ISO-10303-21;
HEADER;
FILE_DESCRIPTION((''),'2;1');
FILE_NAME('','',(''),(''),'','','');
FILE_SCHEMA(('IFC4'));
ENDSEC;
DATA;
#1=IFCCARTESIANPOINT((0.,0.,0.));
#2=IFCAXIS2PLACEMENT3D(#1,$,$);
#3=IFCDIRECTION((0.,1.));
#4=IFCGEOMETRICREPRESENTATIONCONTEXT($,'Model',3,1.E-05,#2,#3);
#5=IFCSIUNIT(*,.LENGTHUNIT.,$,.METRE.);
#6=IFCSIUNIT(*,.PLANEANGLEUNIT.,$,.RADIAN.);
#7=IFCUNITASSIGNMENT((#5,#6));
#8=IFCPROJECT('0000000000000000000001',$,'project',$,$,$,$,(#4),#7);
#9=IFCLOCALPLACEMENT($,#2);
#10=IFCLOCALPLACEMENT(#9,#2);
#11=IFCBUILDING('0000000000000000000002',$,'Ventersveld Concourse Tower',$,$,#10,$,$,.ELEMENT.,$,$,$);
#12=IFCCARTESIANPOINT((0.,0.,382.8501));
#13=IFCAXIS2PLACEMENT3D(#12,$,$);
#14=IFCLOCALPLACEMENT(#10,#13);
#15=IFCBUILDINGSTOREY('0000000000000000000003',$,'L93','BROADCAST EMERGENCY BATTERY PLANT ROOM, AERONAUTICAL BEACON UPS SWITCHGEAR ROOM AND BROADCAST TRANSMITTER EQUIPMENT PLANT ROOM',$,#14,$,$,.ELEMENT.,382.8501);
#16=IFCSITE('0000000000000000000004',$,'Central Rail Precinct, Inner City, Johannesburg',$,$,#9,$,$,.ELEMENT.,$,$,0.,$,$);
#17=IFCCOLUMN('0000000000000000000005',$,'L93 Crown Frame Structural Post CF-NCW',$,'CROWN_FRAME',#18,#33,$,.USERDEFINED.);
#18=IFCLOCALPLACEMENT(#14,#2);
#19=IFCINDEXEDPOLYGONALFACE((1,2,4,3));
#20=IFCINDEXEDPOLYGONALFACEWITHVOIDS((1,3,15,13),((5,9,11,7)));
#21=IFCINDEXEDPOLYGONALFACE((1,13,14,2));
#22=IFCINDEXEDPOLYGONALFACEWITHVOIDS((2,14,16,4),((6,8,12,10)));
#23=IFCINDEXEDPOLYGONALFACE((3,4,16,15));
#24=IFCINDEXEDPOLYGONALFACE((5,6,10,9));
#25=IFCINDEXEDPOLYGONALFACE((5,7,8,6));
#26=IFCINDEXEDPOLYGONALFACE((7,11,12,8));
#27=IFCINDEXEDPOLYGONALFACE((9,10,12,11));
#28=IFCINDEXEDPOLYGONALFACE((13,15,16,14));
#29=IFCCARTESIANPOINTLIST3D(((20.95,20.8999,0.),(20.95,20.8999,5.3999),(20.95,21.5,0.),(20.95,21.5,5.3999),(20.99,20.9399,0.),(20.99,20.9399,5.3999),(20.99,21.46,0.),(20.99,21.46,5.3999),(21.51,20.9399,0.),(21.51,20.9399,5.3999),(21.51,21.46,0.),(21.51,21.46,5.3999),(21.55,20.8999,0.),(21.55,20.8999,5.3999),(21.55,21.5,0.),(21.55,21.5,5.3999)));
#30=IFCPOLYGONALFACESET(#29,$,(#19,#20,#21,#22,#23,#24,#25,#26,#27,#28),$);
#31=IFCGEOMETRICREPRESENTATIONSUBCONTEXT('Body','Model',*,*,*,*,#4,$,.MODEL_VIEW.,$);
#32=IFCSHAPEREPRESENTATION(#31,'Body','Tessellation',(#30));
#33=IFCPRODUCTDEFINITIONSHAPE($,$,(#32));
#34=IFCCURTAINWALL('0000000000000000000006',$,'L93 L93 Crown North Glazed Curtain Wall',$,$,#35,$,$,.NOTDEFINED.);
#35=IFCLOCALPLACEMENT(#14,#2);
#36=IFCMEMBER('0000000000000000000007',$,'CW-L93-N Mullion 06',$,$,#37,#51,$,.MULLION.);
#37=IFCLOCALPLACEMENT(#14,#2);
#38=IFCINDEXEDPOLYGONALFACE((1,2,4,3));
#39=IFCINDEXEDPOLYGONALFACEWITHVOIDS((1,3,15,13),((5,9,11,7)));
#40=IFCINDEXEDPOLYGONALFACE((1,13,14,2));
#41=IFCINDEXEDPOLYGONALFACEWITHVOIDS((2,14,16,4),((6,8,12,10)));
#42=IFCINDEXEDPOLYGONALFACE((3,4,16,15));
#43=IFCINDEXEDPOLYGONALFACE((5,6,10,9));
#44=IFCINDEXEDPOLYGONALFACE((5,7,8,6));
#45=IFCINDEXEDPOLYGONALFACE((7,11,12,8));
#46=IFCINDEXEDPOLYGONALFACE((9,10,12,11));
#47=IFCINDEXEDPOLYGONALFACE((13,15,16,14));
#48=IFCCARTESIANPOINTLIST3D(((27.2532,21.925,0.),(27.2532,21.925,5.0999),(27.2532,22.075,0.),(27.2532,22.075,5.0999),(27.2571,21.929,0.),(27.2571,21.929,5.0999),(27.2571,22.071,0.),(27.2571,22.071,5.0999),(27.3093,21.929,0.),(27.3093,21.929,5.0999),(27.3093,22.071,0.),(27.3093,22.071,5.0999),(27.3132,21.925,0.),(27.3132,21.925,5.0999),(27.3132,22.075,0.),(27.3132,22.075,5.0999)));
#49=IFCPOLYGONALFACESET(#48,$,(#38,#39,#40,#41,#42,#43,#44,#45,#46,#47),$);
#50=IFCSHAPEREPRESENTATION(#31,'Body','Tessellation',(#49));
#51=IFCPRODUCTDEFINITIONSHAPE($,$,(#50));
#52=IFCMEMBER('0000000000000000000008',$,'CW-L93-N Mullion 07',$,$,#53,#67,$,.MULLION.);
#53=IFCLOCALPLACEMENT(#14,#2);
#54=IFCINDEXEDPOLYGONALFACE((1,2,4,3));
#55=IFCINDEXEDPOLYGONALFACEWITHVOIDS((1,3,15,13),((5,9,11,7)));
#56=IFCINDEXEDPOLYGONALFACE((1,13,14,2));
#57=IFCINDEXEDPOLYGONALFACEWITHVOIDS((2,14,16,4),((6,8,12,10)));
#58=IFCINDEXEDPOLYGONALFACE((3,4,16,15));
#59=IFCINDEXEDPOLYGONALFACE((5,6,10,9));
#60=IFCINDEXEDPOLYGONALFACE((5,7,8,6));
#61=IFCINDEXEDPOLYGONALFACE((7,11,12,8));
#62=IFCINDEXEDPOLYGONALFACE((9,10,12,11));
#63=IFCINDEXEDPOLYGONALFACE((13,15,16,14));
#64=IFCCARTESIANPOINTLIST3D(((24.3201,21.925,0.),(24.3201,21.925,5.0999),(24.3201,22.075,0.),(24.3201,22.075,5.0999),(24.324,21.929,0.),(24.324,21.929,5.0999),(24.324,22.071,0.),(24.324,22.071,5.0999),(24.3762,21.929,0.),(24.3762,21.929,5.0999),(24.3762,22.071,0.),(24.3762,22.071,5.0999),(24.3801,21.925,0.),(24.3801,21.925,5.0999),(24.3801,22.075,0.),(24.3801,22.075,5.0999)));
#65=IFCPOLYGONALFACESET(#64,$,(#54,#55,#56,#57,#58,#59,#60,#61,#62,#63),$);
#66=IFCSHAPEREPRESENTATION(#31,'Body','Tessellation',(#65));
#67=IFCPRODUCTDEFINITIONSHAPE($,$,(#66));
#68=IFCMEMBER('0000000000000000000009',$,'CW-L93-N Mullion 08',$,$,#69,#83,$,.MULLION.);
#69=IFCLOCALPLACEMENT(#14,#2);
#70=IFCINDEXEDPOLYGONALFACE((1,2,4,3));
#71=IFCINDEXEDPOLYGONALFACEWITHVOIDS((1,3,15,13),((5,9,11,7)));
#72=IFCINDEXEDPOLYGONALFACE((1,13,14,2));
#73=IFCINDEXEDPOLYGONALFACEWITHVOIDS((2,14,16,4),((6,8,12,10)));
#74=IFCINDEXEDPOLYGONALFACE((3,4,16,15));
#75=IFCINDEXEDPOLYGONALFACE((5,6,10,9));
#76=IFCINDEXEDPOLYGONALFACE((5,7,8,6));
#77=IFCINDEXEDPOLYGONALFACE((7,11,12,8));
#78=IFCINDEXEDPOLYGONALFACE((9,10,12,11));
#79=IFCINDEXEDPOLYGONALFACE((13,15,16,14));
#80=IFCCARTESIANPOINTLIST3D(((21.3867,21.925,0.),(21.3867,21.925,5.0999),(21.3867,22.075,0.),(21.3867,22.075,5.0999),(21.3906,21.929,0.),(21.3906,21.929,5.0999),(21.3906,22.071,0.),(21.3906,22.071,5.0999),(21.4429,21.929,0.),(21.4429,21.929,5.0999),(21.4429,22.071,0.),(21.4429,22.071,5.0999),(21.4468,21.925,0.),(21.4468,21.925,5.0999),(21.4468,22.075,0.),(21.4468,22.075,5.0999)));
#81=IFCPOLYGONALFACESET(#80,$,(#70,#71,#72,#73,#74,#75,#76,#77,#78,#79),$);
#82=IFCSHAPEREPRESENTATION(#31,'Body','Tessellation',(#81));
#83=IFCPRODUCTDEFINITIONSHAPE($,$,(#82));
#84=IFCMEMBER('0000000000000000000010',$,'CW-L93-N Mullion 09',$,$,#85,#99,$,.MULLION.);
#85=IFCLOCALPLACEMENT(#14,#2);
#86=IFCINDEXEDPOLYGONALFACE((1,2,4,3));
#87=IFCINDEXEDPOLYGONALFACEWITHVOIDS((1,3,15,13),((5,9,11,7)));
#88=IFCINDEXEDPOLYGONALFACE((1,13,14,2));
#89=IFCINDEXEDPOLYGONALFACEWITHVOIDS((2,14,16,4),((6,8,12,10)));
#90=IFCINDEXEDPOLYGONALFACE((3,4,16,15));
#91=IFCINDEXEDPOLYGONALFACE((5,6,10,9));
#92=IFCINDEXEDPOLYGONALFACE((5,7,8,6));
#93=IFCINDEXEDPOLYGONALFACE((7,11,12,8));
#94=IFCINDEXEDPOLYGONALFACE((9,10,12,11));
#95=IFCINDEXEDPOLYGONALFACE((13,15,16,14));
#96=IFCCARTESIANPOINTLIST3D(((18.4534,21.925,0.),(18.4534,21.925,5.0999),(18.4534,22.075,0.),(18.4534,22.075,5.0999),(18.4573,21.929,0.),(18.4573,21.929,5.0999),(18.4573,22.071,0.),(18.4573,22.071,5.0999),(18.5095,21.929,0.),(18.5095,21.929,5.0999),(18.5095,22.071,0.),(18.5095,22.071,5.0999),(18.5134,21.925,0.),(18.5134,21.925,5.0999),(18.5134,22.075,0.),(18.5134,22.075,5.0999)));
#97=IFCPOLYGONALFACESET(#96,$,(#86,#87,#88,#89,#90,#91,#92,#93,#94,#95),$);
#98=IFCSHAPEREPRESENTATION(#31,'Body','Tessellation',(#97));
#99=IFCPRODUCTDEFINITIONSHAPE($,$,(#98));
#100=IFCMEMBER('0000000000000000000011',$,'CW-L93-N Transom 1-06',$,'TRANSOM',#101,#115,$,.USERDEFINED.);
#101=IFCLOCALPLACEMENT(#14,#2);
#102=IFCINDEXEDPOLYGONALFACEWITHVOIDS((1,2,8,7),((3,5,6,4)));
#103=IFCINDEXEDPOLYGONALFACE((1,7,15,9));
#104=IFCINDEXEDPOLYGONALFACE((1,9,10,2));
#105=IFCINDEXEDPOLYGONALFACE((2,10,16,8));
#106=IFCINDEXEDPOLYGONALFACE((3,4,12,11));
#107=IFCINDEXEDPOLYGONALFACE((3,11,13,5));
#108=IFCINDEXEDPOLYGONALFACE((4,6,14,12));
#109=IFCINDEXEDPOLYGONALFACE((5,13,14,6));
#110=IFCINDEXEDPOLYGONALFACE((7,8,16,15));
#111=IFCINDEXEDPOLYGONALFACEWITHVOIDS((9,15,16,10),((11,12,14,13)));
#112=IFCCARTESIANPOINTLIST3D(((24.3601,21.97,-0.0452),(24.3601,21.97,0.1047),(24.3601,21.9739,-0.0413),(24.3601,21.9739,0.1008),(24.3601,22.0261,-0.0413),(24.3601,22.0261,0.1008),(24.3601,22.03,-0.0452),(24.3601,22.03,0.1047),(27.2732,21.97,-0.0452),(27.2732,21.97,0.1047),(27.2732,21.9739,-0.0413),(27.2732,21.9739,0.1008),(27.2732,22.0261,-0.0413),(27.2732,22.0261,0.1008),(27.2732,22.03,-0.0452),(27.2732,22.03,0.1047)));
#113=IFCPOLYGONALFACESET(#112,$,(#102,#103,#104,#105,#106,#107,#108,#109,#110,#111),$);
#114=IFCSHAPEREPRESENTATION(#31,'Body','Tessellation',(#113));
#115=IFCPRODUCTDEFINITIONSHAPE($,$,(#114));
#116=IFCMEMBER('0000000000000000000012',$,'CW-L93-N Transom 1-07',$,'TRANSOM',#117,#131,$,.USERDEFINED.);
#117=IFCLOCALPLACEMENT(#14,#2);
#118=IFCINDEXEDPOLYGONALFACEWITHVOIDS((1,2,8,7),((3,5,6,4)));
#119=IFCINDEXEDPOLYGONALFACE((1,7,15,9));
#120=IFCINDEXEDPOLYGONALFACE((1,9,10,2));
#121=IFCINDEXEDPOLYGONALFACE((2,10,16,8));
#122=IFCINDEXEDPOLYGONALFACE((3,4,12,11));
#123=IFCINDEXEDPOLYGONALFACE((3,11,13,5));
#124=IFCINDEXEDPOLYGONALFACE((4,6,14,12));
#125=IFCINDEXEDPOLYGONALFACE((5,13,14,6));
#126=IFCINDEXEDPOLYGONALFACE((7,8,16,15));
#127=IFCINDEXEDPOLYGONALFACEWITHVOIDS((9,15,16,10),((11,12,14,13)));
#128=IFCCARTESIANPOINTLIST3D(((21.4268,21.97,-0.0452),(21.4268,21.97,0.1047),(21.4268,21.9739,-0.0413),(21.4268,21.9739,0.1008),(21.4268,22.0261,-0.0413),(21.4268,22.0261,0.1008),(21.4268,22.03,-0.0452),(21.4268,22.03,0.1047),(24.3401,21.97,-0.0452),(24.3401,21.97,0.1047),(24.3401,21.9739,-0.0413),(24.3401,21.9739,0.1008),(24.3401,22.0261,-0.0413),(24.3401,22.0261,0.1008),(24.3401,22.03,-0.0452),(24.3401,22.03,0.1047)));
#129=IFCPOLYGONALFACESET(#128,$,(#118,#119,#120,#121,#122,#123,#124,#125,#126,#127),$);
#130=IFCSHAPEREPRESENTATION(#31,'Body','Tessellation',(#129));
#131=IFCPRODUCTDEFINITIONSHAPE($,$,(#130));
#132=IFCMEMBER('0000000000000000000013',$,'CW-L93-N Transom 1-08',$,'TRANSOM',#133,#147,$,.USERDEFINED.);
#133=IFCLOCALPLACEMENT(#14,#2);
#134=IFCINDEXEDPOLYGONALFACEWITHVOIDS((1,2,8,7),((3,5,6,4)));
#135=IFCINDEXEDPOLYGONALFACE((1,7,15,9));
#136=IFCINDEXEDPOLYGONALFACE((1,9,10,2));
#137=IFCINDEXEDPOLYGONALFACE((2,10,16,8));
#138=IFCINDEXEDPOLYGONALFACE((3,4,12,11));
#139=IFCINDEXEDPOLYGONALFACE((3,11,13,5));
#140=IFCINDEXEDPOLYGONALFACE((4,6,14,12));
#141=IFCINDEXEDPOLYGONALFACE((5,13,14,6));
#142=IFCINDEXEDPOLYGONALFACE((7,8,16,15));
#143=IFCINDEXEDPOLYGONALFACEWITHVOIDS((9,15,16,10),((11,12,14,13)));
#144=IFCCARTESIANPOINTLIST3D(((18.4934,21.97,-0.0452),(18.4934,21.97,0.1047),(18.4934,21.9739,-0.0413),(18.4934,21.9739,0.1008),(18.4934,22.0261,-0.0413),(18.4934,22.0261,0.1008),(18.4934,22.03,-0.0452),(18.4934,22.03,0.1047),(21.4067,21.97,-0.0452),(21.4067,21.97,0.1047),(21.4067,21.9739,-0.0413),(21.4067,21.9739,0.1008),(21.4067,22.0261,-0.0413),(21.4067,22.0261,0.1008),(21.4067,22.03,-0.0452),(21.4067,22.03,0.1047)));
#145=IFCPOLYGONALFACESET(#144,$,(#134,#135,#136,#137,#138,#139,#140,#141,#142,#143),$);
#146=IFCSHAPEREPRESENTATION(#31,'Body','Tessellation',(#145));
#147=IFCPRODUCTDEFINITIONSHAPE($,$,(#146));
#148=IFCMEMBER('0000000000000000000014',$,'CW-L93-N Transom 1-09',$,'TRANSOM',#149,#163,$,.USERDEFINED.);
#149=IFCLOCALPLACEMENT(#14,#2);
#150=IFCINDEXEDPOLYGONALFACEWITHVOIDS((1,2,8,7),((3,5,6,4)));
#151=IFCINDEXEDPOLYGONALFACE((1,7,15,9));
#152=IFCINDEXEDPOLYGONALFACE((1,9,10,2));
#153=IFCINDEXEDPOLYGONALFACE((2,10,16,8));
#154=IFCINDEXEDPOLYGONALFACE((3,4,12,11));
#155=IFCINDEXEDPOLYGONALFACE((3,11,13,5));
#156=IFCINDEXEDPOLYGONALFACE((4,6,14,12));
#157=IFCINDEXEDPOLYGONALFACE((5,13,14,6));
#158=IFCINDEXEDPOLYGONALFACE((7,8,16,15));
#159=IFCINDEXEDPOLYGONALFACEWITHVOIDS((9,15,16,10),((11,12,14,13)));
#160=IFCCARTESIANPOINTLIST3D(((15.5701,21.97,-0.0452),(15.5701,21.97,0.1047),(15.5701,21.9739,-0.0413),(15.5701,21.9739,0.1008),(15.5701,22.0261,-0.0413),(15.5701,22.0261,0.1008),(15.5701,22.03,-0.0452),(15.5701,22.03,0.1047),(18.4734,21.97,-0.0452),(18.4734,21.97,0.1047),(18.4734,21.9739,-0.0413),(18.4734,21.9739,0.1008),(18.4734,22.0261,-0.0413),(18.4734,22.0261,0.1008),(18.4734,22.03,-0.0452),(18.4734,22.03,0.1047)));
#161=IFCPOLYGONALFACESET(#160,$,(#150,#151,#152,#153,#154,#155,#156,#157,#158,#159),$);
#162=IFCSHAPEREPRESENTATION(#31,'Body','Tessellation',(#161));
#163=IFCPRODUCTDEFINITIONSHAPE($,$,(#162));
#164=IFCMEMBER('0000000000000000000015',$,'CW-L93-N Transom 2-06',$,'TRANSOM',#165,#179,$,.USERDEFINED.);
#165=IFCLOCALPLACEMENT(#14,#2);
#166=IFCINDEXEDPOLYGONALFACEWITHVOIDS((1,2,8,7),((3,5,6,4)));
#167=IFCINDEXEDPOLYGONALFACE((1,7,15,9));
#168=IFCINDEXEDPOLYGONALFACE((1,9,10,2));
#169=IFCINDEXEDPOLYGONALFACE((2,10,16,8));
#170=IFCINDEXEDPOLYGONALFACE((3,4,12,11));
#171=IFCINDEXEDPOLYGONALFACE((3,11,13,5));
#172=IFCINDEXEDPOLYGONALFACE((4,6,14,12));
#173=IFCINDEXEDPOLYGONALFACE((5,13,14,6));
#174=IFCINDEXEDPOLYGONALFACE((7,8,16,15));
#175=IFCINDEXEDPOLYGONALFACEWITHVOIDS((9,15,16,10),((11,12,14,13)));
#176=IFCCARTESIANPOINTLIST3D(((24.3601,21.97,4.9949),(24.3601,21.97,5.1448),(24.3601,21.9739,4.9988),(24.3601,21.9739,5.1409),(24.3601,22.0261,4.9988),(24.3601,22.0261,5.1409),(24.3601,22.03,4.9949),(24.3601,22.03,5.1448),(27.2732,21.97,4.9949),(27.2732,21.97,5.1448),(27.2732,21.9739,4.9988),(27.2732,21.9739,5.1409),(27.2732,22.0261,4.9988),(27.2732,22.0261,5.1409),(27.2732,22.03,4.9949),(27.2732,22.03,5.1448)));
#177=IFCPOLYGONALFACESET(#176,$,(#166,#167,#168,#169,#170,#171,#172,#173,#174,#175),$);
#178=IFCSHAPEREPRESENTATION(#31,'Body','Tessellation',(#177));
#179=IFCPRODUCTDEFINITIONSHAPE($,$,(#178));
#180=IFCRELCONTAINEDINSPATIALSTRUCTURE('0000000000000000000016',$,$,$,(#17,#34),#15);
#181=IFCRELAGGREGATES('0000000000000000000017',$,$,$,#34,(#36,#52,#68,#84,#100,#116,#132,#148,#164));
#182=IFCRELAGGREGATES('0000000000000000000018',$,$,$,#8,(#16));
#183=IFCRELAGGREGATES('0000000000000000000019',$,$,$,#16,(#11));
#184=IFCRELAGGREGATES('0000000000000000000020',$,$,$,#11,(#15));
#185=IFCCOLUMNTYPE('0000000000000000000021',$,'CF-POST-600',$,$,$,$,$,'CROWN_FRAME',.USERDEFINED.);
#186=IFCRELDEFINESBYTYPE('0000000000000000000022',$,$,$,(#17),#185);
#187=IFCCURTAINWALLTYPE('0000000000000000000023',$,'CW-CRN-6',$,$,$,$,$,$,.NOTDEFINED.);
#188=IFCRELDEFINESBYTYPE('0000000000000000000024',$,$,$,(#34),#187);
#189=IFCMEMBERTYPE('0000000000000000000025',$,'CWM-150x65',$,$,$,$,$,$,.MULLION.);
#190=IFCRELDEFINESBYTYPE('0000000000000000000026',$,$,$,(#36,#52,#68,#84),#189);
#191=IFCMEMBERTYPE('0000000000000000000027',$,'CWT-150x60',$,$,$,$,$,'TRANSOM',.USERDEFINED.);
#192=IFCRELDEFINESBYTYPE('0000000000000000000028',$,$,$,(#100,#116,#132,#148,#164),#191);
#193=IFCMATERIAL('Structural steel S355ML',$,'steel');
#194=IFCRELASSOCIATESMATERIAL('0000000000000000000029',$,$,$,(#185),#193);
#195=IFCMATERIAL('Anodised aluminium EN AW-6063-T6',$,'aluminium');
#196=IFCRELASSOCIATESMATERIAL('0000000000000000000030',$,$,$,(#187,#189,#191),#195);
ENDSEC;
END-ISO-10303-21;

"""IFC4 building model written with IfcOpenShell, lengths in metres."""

from ifc_helpers import new_model, si_unit, direction, frame, origin, origin_2d, place, context, subcontext, project, spatial, hollow_rectangle, extrude, material, material_profile, profile_set, type_object, element, aggregate, save


model = new_model("IFC4")

# Units and contexts
model_context = context("Model", 3, precision=1e-05, world=origin(), true_north=direction((0.0, 1.0)))
body_context = subcontext(model_context, "Body", "Model", "MODEL_VIEW")
ifc_project = project(units=[si_unit("LENGTHUNIT", "METRE"), si_unit("PLANEANGLEUNIT", "RADIAN")], contexts=[model_context])

# Site, building, storey
site_placement = place(None, origin())
site = spatial("IfcSite", under=ifc_project, at=site_placement, Name="Central Rail Precinct, Inner City, Johannesburg", CompositionType="ELEMENT", RefElevation=0.0)
building_placement = place(site_placement, origin())
building = spatial("IfcBuilding", under=site, at=building_placement, Name="Ventersveld Concourse Tower", CompositionType="ELEMENT")
storey_placement = place(building_placement, frame((0.0, 0.0, 382.8501)))
storey = spatial("IfcBuildingStorey", under=building, at=storey_placement, Name="L93", Description="BROADCAST EMERGENCY BATTERY PLANT ROOM, AERONAUTICAL BEACON UPS SWITCHGEAR ROOM AND BROADCAST TRANSMITTER EQUIPMENT PLANT ROOM", CompositionType="ELEMENT", Elevation=382.8501)

# Column
ifc_material_1 = material(Name="Structural steel S355ML", Category="steel")
ifc_material_profile_1 = material_profile(ifc_material_1, hollow_rectangle(XDim=0.6001, YDim=0.6001, WallThickness=0.04, at=origin_2d()), Name="BOX 600x600x40")
ifc_profile_set_1 = profile_set([ifc_material_profile_1], Name="Structural steel S355ML")
column_type = type_object("IfcColumnType", Name="CF-POST-600", ElementType="CROWN_FRAME", PredefinedType="USERDEFINED", material=ifc_profile_set_1)
column_placement = place(storey_placement, frame((21.25, 21.2, 0.0), z_axis=(0.0, 0.0, 1.0), x_axis=(1.0, 0.0, 0.0)))
element("IfcColumn", 1, at=column_placement, inside=storey, type_object=column_type, Name="L93 Crown Frame Structural Post CF-NCW", ObjectType="CROWN_FRAME", PredefinedType="USERDEFINED", context=body_context, shape_type="SweptSolid", body=[
    extrude(hollow_rectangle(XDim=0.6001, YDim=0.6001, WallThickness=0.04, at=origin_2d()), origin(), (0.0, 0.0, 1.0), 5.3999),
])

# Curtain wall, members
ifc_material_2 = material(Name="Anodised aluminium EN AW-6063-T6", Category="aluminium")
curtain_wall_type = type_object("IfcCurtainWallType", Name="CW-CRN-6", PredefinedType="NOTDEFINED", material=ifc_material_2)
curtain_wall_placement = place(storey_placement, origin())
curtain_wall = element("IfcCurtainWall", 2, at=curtain_wall_placement, inside=storey, type_object=curtain_wall_type, Name="L93 L93 Crown North Glazed Curtain Wall", PredefinedType="NOTDEFINED")
ifc_material_profile_2 = material_profile(ifc_material_2, hollow_rectangle(XDim=0.0601, YDim=0.1499, WallThickness=0.0039, at=origin_2d()), Name="ALU 150x60x4")
ifc_profile_set_2 = profile_set([ifc_material_profile_2], Name="Anodised aluminium EN AW-6063-T6")
member_type_1 = type_object("IfcMemberType", Name="CWM-150x65", PredefinedType="MULLION", material=ifc_profile_set_2)
member_1_placement = place(storey_placement, frame((27.2832, 22.0, 0.0), z_axis=(0.0, 0.0, 1.0), x_axis=(1.0, 0.0, 0.0)))
member_1 = element("IfcMember", 3, at=member_1_placement, type_object=member_type_1, Name="CW-L93-N Mullion 06", PredefinedType="MULLION", context=body_context, shape_type="SweptSolid", body=[
    extrude(hollow_rectangle(XDim=0.0601, YDim=0.1499, WallThickness=0.0039, at=origin_2d()), origin(), (0.0, 0.0, 1.0), 5.0999),
])
member_2_placement = place(storey_placement, frame((24.3501, 22.0, 0.0), z_axis=(0.0, 0.0, 1.0), x_axis=(1.0, 0.0, 0.0)))
member_2 = element("IfcMember", 4, at=member_2_placement, type_object=member_type_1, Name="CW-L93-N Mullion 07", PredefinedType="MULLION", context=body_context, shape_type="SweptSolid", body=[
    extrude(hollow_rectangle(XDim=0.0601, YDim=0.1499, WallThickness=0.0039, at=origin_2d()), origin(), (0.0, 0.0, 1.0), 5.0999),
])
member_3_placement = place(storey_placement, frame((21.4167, 22.0, 0.0), z_axis=(0.0, 0.0, 1.0), x_axis=(1.0, 0.0, 0.0)))
member_3 = element("IfcMember", 5, at=member_3_placement, type_object=member_type_1, Name="CW-L93-N Mullion 08", PredefinedType="MULLION", context=body_context, shape_type="SweptSolid", body=[
    extrude(hollow_rectangle(XDim=0.0601, YDim=0.1499, WallThickness=0.0039, at=origin_2d()), origin(), (0.0, 0.0, 1.0), 5.0999),
])
member_4_placement = place(storey_placement, frame((18.4834, 22.0, 0.0), z_axis=(0.0, 0.0, 1.0), x_axis=(1.0, 0.0, 0.0)))
member_4 = element("IfcMember", 6, at=member_4_placement, type_object=member_type_1, Name="CW-L93-N Mullion 09", PredefinedType="MULLION", context=body_context, shape_type="SweptSolid", body=[
    extrude(hollow_rectangle(XDim=0.0601, YDim=0.1499, WallThickness=0.0039, at=origin_2d()), origin(), (0.0, 0.0, 1.0), 5.0999),
])
ifc_material_profile_3 = material_profile(ifc_material_2, hollow_rectangle(XDim=0.0601, YDim=0.1499, WallThickness=0.0039, at=origin_2d()), Name="ALU 150x60x4")
ifc_profile_set_3 = profile_set([ifc_material_profile_3], Name="Anodised aluminium EN AW-6063-T6")
member_type_2 = type_object("IfcMemberType", Name="CWT-150x60", ElementType="TRANSOM", PredefinedType="USERDEFINED", material=ifc_profile_set_3)
member_5_placement = place(storey_placement, frame((27.2732, 22.0, 0.0298), z_axis=(-1.0, 0.0, 0.0), x_axis=(0.0, -1.0, 0.0)))
member_5 = element("IfcMember", 7, at=member_5_placement, type_object=member_type_2, Name="CW-L93-N Transom 1-06", ObjectType="TRANSOM", PredefinedType="USERDEFINED", context=body_context, shape_type="SweptSolid", body=[
    extrude(hollow_rectangle(XDim=0.0601, YDim=0.1499, WallThickness=0.0039, at=origin_2d()), origin(), (0.0, 0.0, 1.0), 2.9131),
])
member_6_placement = place(storey_placement, frame((24.3401, 22.0, 0.0298), z_axis=(-1.0, 0.0, 0.0), x_axis=(0.0, -1.0, 0.0)))
member_6 = element("IfcMember", 8, at=member_6_placement, type_object=member_type_2, Name="CW-L93-N Transom 1-07", ObjectType="TRANSOM", PredefinedType="USERDEFINED", context=body_context, shape_type="SweptSolid", body=[
    extrude(hollow_rectangle(XDim=0.0601, YDim=0.1499, WallThickness=0.0039, at=origin_2d()), origin(), (0.0, 0.0, 1.0), 2.9133),
])
member_7_placement = place(storey_placement, frame((21.4067, 22.0, 0.0298), z_axis=(-1.0, 0.0, 0.0), x_axis=(0.0, -1.0, 0.0)))
member_7 = element("IfcMember", 9, at=member_7_placement, type_object=member_type_2, Name="CW-L93-N Transom 1-08", ObjectType="TRANSOM", PredefinedType="USERDEFINED", context=body_context, shape_type="SweptSolid", body=[
    extrude(hollow_rectangle(XDim=0.0601, YDim=0.1499, WallThickness=0.0039, at=origin_2d()), origin(), (0.0, 0.0, 1.0), 2.9133),
])
member_8_placement = place(storey_placement, frame((18.4734, 22.0, 0.0298), z_axis=(-1.0, 0.0, 0.0), x_axis=(0.0, -1.0, 0.0)))
member_8 = element("IfcMember", 10, at=member_8_placement, type_object=member_type_2, Name="CW-L93-N Transom 1-09", ObjectType="TRANSOM", PredefinedType="USERDEFINED", context=body_context, shape_type="SweptSolid", body=[
    extrude(hollow_rectangle(XDim=0.0601, YDim=0.1499, WallThickness=0.0039, at=origin_2d()), origin(), (0.0, 0.0, 1.0), 2.9033),
])
member_9_placement = place(storey_placement, frame((27.2732, 22.0, 5.0698), z_axis=(-1.0, 0.0, 0.0), x_axis=(0.0, -1.0, 0.0)))
member_9 = element("IfcMember", 11, at=member_9_placement, type_object=member_type_2, Name="CW-L93-N Transom 2-06", ObjectType="TRANSOM", PredefinedType="USERDEFINED", context=body_context, shape_type="SweptSolid", body=[
    extrude(hollow_rectangle(XDim=0.0601, YDim=0.1499, WallThickness=0.0039, at=origin_2d()), origin(), (0.0, 0.0, 1.0), 2.9131),
])

aggregate(curtain_wall, [member_1, member_2, member_3, member_4, member_5, member_6, member_7, member_8, member_9])

save(model, "model.ifc")
